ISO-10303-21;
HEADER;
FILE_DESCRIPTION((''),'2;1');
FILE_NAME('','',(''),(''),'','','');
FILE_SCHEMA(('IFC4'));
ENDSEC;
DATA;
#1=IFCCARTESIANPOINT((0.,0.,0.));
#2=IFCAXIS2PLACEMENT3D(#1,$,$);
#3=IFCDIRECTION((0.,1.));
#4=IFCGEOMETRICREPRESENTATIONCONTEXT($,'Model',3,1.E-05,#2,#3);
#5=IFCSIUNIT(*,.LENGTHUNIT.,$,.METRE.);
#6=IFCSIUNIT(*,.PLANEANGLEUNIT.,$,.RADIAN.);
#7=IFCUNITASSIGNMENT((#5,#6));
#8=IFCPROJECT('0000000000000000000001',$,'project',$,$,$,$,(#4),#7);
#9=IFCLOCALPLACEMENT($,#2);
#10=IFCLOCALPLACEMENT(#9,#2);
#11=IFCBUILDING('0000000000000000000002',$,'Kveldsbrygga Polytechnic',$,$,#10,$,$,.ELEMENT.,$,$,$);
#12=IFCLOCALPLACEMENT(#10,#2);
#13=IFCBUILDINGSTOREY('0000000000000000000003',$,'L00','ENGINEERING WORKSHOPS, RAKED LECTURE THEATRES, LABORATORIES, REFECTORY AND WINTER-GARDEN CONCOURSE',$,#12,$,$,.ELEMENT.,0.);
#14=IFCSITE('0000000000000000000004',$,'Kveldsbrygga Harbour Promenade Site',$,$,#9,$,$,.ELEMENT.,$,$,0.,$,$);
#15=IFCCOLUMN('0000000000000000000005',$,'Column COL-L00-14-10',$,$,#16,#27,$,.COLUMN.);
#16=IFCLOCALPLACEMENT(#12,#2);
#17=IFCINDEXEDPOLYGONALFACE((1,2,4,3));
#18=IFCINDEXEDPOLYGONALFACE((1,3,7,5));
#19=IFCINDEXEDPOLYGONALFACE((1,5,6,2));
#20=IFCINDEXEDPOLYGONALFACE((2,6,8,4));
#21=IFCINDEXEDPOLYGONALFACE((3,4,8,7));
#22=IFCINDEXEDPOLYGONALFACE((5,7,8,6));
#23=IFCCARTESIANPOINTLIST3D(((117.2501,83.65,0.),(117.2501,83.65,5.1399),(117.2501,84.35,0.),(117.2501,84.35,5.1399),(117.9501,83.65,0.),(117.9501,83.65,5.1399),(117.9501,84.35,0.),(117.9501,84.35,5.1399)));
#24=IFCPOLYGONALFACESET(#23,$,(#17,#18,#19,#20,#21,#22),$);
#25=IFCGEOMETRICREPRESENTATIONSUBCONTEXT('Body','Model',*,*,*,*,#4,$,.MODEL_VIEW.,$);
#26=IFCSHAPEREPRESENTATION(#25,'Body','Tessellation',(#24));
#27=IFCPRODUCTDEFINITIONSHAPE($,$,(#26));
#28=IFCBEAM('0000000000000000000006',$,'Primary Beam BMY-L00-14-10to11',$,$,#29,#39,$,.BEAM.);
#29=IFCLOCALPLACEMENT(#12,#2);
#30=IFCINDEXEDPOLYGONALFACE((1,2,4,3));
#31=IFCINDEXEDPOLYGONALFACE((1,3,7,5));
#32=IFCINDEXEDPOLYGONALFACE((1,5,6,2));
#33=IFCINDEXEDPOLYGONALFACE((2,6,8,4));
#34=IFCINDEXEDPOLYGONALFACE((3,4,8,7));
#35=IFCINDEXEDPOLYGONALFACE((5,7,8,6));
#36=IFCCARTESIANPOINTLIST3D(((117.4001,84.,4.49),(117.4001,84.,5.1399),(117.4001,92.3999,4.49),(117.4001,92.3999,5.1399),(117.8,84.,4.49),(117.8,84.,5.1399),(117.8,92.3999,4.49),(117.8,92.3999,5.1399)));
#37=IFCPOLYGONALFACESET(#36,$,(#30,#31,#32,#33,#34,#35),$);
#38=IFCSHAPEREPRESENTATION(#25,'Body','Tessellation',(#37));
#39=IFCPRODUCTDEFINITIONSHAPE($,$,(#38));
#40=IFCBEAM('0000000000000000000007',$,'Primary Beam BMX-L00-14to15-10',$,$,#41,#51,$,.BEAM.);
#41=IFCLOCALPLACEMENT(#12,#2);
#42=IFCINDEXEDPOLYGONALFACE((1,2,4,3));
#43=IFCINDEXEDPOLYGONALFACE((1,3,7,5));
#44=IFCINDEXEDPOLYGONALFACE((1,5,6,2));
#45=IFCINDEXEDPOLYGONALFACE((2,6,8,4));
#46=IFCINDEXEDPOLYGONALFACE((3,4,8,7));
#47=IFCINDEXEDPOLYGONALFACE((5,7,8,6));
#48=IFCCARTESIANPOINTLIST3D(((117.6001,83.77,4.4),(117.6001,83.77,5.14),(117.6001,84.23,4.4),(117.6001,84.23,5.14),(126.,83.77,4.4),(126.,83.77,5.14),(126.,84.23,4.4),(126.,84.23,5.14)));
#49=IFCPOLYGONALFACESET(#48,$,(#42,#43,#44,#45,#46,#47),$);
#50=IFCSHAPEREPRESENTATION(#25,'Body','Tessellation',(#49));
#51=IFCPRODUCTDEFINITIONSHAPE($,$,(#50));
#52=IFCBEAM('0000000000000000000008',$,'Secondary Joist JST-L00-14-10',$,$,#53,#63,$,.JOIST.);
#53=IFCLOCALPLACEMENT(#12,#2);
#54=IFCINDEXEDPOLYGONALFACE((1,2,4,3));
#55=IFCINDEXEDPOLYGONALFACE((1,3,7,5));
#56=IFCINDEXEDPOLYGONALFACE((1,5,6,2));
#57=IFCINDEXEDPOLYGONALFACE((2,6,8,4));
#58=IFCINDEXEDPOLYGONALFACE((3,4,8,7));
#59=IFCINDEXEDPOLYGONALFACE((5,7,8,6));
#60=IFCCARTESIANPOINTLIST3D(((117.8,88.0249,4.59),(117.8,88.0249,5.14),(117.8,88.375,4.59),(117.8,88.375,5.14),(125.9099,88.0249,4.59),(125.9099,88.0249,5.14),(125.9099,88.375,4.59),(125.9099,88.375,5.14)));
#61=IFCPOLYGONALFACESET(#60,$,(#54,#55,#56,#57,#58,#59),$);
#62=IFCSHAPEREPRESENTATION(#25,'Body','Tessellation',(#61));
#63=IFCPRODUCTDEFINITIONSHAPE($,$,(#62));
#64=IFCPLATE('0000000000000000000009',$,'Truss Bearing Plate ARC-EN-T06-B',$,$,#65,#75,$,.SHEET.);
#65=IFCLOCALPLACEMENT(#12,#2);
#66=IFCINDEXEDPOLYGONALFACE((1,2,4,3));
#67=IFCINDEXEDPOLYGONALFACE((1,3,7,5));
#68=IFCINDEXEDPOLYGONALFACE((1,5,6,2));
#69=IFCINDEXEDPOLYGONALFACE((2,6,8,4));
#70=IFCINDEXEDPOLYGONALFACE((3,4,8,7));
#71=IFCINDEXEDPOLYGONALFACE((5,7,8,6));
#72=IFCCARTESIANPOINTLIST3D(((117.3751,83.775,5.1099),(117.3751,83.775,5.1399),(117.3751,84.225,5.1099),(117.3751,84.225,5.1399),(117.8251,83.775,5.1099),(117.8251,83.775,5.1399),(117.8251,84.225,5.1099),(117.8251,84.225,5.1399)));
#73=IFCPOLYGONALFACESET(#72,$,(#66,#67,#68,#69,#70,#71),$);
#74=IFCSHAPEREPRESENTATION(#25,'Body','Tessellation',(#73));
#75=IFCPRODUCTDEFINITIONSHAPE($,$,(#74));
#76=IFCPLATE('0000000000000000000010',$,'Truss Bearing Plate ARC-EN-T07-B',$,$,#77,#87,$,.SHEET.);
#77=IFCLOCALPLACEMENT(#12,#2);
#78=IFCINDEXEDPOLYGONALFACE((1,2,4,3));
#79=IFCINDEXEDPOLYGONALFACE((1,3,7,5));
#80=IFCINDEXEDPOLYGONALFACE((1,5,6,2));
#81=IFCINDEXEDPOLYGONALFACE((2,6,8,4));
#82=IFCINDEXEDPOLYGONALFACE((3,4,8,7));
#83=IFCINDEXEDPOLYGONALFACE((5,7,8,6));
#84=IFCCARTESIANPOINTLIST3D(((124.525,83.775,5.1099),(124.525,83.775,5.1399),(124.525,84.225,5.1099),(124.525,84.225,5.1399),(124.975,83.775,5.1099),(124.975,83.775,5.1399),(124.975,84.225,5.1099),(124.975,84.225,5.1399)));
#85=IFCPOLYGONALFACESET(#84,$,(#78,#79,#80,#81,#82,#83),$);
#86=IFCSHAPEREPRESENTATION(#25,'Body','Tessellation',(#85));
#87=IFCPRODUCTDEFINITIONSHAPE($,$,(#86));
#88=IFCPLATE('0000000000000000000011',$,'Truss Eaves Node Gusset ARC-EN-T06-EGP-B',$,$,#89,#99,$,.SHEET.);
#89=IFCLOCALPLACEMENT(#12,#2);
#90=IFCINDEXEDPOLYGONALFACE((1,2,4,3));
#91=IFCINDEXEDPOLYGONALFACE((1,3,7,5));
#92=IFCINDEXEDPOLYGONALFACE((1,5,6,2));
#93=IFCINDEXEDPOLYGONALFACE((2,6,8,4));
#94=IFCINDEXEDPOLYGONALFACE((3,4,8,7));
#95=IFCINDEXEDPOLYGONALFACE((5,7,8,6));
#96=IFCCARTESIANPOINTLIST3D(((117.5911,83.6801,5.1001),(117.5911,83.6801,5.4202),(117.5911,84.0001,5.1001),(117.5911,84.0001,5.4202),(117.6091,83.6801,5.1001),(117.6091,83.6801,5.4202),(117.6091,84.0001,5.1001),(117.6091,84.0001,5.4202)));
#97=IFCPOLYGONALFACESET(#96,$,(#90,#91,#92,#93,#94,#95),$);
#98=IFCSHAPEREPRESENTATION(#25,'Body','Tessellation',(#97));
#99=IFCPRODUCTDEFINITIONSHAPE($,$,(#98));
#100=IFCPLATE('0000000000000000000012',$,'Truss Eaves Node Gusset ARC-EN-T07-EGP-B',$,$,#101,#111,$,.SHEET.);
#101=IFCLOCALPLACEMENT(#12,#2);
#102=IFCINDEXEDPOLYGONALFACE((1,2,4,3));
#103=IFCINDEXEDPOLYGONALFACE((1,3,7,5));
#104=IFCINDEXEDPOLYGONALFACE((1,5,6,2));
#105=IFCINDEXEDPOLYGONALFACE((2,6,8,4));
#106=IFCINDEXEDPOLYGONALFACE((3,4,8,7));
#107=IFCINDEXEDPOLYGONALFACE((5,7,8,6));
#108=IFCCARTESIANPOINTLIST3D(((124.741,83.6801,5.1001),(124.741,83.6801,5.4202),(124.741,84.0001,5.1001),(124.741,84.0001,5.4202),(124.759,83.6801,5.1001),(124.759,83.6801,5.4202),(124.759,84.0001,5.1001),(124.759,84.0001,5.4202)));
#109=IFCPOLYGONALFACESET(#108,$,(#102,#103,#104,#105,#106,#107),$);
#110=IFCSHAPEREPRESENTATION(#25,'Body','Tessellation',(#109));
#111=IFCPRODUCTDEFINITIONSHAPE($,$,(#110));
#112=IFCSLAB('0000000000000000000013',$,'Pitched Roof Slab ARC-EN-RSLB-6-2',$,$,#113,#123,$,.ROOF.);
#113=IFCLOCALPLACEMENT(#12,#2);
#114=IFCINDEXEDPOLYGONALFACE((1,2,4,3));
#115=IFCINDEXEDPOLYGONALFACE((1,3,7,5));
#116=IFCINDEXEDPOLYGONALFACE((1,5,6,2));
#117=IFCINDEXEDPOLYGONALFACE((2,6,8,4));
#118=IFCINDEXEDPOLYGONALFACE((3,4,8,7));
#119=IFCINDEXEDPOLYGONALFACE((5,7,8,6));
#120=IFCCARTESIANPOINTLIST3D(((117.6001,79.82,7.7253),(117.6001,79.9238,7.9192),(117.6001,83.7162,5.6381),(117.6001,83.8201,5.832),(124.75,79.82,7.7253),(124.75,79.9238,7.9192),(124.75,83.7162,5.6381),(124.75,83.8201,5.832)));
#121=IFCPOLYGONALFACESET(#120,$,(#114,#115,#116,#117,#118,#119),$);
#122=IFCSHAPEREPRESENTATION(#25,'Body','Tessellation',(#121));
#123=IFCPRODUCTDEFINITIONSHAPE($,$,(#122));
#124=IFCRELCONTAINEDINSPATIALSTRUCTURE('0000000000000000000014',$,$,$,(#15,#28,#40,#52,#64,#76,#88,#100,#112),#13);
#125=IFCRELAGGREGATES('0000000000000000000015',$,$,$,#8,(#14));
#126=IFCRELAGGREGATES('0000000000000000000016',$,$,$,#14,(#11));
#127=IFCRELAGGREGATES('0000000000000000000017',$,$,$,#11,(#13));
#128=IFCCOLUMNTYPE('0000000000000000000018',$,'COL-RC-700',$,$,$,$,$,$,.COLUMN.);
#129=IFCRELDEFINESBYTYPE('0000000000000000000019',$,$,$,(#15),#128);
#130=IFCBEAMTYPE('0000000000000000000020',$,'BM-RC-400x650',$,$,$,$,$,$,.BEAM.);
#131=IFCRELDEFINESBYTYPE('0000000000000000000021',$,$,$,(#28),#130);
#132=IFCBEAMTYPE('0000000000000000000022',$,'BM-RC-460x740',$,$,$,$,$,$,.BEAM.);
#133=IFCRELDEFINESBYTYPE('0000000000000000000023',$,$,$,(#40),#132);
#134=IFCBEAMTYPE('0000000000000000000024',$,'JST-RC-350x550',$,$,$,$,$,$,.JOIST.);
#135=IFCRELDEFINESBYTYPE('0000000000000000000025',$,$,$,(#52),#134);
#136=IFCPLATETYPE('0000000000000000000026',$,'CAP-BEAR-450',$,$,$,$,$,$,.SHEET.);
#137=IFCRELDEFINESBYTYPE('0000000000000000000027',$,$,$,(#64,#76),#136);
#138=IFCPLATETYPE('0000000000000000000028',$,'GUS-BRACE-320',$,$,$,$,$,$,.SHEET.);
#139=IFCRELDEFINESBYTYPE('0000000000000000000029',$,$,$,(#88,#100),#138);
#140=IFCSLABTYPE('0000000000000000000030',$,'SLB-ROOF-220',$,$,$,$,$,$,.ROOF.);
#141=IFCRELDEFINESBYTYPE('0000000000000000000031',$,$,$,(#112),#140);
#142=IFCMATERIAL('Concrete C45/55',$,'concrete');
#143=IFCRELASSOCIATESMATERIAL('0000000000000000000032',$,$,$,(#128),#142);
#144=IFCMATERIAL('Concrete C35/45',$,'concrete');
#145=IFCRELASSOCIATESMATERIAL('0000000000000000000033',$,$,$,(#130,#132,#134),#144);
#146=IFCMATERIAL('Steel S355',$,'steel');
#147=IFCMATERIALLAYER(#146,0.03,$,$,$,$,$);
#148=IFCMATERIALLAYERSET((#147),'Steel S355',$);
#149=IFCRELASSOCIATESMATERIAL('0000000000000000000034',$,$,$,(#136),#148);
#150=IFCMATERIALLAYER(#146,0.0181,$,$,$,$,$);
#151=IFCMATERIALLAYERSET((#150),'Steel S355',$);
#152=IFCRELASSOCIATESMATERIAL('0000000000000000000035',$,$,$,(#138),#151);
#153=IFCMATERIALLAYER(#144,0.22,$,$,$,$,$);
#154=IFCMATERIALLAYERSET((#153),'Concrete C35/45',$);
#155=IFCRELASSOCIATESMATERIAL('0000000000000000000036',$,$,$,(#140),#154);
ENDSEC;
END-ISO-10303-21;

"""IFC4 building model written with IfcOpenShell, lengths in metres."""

from ifc_helpers import new_model, si_unit, direction, frame, origin, origin_2d, place, context, subcontext, project, spatial, polyline, rectangle, outline, extrude, material, layer, layer_set, material_profile, profile_set, type_object, element, save


model = new_model("IFC4")

# Units and contexts
model_context = context("Model", 3, precision=1e-05, world=origin(), true_north=direction((0.0, 1.0)))
body_context = subcontext(model_context, "Body", "Model", "MODEL_VIEW")
ifc_project = project(units=[si_unit("LENGTHUNIT", "METRE"), si_unit("PLANEANGLEUNIT", "RADIAN")], contexts=[model_context])

# Site, building, storey
site_placement = place(None, origin())
site = spatial("IfcSite", under=ifc_project, at=site_placement, Name="Kveldsbrygga Harbour Promenade Site", CompositionType="ELEMENT", RefElevation=0.0)
building_placement = place(site_placement, origin())
building = spatial("IfcBuilding", under=site, at=building_placement, Name="Kveldsbrygga Polytechnic", CompositionType="ELEMENT")
storey_placement = place(building_placement, origin())
storey = spatial("IfcBuildingStorey", under=building, at=storey_placement, Name="L00", Description="ENGINEERING WORKSHOPS, RAKED LECTURE THEATRES, LABORATORIES, REFECTORY AND WINTER-GARDEN CONCOURSE", CompositionType="ELEMENT", Elevation=0.0)

# Column
ifc_material_1 = material(Name="Concrete C45/55", Category="concrete")
ifc_material_profile_1 = material_profile(ifc_material_1, rectangle(XDim=0.7, YDim=0.7, at=origin_2d()), Name="RC 700x700")
ifc_profile_set_1 = profile_set([ifc_material_profile_1], Name="Concrete C45/55")
column_type = type_object("IfcColumnType", Name="COL-RC-700", PredefinedType="COLUMN", material=ifc_profile_set_1)
column_placement = place(storey_placement, frame((117.6001, 84.0, 0.0), z_axis=(0.0, 0.0, 1.0), x_axis=(1.0, 0.0, 0.0)))
element("IfcColumn", 1, at=column_placement, inside=storey, type_object=column_type, Name="Column COL-L00-14-10", PredefinedType="COLUMN", context=body_context, shape_type="SweptSolid", body=[
    extrude(rectangle(XDim=0.7, YDim=0.7, at=origin_2d()), origin(), (0.0, 0.0, 1.0), 5.1399),
])

# Beams
ifc_material_2 = material(Name="Concrete C35/45", Category="concrete")
ifc_material_profile_2 = material_profile(ifc_material_2, rectangle(XDim=0.3999, YDim=0.6499, at=origin_2d()), Name="RC 400x650")
ifc_profile_set_2 = profile_set([ifc_material_profile_2], Name="Concrete C35/45")
beam_type_1 = type_object("IfcBeamType", Name="BM-RC-400x650", PredefinedType="BEAM", material=ifc_profile_set_2)
beam_1_placement = place(storey_placement, frame((117.6001, 84.0, 4.8149), z_axis=(0.0, 1.0, 0.0), x_axis=(-1.0, 0.0, 0.0)))
element("IfcBeam", 2, at=beam_1_placement, inside=storey, type_object=beam_type_1, Name="Primary Beam BMY-L00-14-10to11", PredefinedType="BEAM", context=body_context, shape_type="SweptSolid", body=[
    extrude(rectangle(XDim=0.3999, YDim=0.6499, at=origin_2d()), origin(), (0.0, 0.0, 1.0), 8.3999),
])
ifc_material_profile_3 = material_profile(ifc_material_2, rectangle(XDim=0.46, YDim=0.74, at=origin_2d()), Name="RC 460x740")
ifc_profile_set_3 = profile_set([ifc_material_profile_3], Name="Concrete C35/45")
beam_type_2 = type_object("IfcBeamType", Name="BM-RC-460x740", PredefinedType="BEAM", material=ifc_profile_set_3)
beam_2_placement = place(storey_placement, frame((117.6001, 84.0, 4.77), z_axis=(1.0, 0.0, 0.0), x_axis=(0.0, 1.0, 0.0)))
element("IfcBeam", 3, at=beam_2_placement, inside=storey, type_object=beam_type_2, Name="Primary Beam BMX-L00-14to15-10", PredefinedType="BEAM", context=body_context, shape_type="SweptSolid", body=[
    extrude(rectangle(XDim=0.46, YDim=0.74, at=origin_2d()), origin(), (0.0, 0.0, 1.0), 8.3999),
])
ifc_material_profile_4 = material_profile(ifc_material_2, rectangle(XDim=0.3501, YDim=0.55, at=origin_2d()), Name="RC 350x550")
ifc_profile_set_4 = profile_set([ifc_material_profile_4], Name="Concrete C35/45")
beam_type_3 = type_object("IfcBeamType", Name="JST-RC-350x550", PredefinedType="JOIST", material=ifc_profile_set_4)
beam_3_placement = place(storey_placement, frame((117.8, 88.2, 4.865), z_axis=(1.0, 0.0, 0.0), x_axis=(0.0, 1.0, 0.0)))
element("IfcBeam", 4, at=beam_3_placement, inside=storey, type_object=beam_type_3, Name="Secondary Joist JST-L00-14-10", PredefinedType="JOIST", context=body_context, shape_type="SweptSolid", body=[
    extrude(rectangle(XDim=0.3501, YDim=0.55, at=origin_2d()), origin(), (0.0, 0.0, 1.0), 8.1099),
])

# Plates
ifc_material_3 = material(Name="Steel S355", Category="steel")
ifc_layer_1 = layer(ifc_material_3, 0.03)
ifc_layer_set_1 = layer_set([ifc_layer_1], Name="Steel S355")
plate_type_1 = type_object("IfcPlateType", Name="CAP-BEAR-450", PredefinedType="SHEET", material=ifc_layer_set_1)
for number, where, z_axis, x_axis, name in (
    (5, (117.6001, 84.0, 5.1099), (0.0, 0.0, 1.0), (1.0, 0.0, 0.0), "Truss Bearing Plate ARC-EN-T06-B"),
    (6, (124.75, 84.0, 5.1099), (0.0, 0.0, 1.0), (1.0, 0.0, 0.0), "Truss Bearing Plate ARC-EN-T07-B"),
):
    element("IfcPlate", number, at=place(storey_placement, frame(where, z_axis=z_axis, x_axis=x_axis)), inside=storey, type_object=plate_type_1, Name=name, PredefinedType="SHEET", context=body_context, shape_type="SweptSolid", body=[
        extrude(rectangle(XDim=0.45, YDim=0.45, at=origin_2d()), origin(), (0.0, 0.0, 1.0), 0.03),
    ])
ifc_layer_2 = layer(ifc_material_3, 0.0181)
ifc_layer_set_2 = layer_set([ifc_layer_2], Name="Steel S355")
plate_type_2 = type_object("IfcPlateType", Name="GUS-BRACE-320", PredefinedType="SHEET", material=ifc_layer_set_2)
for number, where, z_axis, x_axis, name in (
    (7, (117.6001, 83.8401, 5.1001), (0.0, 0.0, 1.0), (1.0, 0.0, 0.0), "Truss Eaves Node Gusset ARC-EN-T06-EGP-B"),
    (8, (124.75, 83.8401, 5.1001), (0.0, 0.0, 1.0), (1.0, 0.0, 0.0), "Truss Eaves Node Gusset ARC-EN-T07-EGP-B"),
):
    element("IfcPlate", number, at=place(storey_placement, frame(where, z_axis=z_axis, x_axis=x_axis)), inside=storey, type_object=plate_type_2, Name=name, PredefinedType="SHEET", context=body_context, shape_type="SweptSolid", body=[
        extrude(rectangle(XDim=0.0181, YDim=0.3201, at=origin_2d()), origin(), (0.0, 0.0, 1.0), 0.3201),
    ])

# Slab
ifc_layer_3 = layer(ifc_material_2, 0.22)
ifc_layer_set_3 = layer_set([ifc_layer_3], Name="Concrete C35/45")
slab_type = type_object("IfcSlabType", Name="SLB-ROOF-220", PredefinedType="ROOF", material=ifc_layer_set_3)
slab_placement = place(storey_placement, frame((117.6001, 79.9238, 7.9192), z_axis=(0.0, 0.472201, 0.881491), x_axis=(1.0, 0.0, 0.0)))
element("IfcSlab", 9, at=slab_placement, inside=storey, type_object=slab_type, Name="Pitched Roof Slab ARC-EN-RSLB-6-2", PredefinedType="ROOF", context=body_context, shape_type="SweptSolid", body=[
    extrude(outline(polyline([(0.0, 0.0), (7.1499, 0.0), (7.1499, 4.4201), (0.0, 4.4201), (0.0, 0.0)])), origin(), (0.0, 0.0, -1.0), 0.22),
])

save(model, "model.ifc")
